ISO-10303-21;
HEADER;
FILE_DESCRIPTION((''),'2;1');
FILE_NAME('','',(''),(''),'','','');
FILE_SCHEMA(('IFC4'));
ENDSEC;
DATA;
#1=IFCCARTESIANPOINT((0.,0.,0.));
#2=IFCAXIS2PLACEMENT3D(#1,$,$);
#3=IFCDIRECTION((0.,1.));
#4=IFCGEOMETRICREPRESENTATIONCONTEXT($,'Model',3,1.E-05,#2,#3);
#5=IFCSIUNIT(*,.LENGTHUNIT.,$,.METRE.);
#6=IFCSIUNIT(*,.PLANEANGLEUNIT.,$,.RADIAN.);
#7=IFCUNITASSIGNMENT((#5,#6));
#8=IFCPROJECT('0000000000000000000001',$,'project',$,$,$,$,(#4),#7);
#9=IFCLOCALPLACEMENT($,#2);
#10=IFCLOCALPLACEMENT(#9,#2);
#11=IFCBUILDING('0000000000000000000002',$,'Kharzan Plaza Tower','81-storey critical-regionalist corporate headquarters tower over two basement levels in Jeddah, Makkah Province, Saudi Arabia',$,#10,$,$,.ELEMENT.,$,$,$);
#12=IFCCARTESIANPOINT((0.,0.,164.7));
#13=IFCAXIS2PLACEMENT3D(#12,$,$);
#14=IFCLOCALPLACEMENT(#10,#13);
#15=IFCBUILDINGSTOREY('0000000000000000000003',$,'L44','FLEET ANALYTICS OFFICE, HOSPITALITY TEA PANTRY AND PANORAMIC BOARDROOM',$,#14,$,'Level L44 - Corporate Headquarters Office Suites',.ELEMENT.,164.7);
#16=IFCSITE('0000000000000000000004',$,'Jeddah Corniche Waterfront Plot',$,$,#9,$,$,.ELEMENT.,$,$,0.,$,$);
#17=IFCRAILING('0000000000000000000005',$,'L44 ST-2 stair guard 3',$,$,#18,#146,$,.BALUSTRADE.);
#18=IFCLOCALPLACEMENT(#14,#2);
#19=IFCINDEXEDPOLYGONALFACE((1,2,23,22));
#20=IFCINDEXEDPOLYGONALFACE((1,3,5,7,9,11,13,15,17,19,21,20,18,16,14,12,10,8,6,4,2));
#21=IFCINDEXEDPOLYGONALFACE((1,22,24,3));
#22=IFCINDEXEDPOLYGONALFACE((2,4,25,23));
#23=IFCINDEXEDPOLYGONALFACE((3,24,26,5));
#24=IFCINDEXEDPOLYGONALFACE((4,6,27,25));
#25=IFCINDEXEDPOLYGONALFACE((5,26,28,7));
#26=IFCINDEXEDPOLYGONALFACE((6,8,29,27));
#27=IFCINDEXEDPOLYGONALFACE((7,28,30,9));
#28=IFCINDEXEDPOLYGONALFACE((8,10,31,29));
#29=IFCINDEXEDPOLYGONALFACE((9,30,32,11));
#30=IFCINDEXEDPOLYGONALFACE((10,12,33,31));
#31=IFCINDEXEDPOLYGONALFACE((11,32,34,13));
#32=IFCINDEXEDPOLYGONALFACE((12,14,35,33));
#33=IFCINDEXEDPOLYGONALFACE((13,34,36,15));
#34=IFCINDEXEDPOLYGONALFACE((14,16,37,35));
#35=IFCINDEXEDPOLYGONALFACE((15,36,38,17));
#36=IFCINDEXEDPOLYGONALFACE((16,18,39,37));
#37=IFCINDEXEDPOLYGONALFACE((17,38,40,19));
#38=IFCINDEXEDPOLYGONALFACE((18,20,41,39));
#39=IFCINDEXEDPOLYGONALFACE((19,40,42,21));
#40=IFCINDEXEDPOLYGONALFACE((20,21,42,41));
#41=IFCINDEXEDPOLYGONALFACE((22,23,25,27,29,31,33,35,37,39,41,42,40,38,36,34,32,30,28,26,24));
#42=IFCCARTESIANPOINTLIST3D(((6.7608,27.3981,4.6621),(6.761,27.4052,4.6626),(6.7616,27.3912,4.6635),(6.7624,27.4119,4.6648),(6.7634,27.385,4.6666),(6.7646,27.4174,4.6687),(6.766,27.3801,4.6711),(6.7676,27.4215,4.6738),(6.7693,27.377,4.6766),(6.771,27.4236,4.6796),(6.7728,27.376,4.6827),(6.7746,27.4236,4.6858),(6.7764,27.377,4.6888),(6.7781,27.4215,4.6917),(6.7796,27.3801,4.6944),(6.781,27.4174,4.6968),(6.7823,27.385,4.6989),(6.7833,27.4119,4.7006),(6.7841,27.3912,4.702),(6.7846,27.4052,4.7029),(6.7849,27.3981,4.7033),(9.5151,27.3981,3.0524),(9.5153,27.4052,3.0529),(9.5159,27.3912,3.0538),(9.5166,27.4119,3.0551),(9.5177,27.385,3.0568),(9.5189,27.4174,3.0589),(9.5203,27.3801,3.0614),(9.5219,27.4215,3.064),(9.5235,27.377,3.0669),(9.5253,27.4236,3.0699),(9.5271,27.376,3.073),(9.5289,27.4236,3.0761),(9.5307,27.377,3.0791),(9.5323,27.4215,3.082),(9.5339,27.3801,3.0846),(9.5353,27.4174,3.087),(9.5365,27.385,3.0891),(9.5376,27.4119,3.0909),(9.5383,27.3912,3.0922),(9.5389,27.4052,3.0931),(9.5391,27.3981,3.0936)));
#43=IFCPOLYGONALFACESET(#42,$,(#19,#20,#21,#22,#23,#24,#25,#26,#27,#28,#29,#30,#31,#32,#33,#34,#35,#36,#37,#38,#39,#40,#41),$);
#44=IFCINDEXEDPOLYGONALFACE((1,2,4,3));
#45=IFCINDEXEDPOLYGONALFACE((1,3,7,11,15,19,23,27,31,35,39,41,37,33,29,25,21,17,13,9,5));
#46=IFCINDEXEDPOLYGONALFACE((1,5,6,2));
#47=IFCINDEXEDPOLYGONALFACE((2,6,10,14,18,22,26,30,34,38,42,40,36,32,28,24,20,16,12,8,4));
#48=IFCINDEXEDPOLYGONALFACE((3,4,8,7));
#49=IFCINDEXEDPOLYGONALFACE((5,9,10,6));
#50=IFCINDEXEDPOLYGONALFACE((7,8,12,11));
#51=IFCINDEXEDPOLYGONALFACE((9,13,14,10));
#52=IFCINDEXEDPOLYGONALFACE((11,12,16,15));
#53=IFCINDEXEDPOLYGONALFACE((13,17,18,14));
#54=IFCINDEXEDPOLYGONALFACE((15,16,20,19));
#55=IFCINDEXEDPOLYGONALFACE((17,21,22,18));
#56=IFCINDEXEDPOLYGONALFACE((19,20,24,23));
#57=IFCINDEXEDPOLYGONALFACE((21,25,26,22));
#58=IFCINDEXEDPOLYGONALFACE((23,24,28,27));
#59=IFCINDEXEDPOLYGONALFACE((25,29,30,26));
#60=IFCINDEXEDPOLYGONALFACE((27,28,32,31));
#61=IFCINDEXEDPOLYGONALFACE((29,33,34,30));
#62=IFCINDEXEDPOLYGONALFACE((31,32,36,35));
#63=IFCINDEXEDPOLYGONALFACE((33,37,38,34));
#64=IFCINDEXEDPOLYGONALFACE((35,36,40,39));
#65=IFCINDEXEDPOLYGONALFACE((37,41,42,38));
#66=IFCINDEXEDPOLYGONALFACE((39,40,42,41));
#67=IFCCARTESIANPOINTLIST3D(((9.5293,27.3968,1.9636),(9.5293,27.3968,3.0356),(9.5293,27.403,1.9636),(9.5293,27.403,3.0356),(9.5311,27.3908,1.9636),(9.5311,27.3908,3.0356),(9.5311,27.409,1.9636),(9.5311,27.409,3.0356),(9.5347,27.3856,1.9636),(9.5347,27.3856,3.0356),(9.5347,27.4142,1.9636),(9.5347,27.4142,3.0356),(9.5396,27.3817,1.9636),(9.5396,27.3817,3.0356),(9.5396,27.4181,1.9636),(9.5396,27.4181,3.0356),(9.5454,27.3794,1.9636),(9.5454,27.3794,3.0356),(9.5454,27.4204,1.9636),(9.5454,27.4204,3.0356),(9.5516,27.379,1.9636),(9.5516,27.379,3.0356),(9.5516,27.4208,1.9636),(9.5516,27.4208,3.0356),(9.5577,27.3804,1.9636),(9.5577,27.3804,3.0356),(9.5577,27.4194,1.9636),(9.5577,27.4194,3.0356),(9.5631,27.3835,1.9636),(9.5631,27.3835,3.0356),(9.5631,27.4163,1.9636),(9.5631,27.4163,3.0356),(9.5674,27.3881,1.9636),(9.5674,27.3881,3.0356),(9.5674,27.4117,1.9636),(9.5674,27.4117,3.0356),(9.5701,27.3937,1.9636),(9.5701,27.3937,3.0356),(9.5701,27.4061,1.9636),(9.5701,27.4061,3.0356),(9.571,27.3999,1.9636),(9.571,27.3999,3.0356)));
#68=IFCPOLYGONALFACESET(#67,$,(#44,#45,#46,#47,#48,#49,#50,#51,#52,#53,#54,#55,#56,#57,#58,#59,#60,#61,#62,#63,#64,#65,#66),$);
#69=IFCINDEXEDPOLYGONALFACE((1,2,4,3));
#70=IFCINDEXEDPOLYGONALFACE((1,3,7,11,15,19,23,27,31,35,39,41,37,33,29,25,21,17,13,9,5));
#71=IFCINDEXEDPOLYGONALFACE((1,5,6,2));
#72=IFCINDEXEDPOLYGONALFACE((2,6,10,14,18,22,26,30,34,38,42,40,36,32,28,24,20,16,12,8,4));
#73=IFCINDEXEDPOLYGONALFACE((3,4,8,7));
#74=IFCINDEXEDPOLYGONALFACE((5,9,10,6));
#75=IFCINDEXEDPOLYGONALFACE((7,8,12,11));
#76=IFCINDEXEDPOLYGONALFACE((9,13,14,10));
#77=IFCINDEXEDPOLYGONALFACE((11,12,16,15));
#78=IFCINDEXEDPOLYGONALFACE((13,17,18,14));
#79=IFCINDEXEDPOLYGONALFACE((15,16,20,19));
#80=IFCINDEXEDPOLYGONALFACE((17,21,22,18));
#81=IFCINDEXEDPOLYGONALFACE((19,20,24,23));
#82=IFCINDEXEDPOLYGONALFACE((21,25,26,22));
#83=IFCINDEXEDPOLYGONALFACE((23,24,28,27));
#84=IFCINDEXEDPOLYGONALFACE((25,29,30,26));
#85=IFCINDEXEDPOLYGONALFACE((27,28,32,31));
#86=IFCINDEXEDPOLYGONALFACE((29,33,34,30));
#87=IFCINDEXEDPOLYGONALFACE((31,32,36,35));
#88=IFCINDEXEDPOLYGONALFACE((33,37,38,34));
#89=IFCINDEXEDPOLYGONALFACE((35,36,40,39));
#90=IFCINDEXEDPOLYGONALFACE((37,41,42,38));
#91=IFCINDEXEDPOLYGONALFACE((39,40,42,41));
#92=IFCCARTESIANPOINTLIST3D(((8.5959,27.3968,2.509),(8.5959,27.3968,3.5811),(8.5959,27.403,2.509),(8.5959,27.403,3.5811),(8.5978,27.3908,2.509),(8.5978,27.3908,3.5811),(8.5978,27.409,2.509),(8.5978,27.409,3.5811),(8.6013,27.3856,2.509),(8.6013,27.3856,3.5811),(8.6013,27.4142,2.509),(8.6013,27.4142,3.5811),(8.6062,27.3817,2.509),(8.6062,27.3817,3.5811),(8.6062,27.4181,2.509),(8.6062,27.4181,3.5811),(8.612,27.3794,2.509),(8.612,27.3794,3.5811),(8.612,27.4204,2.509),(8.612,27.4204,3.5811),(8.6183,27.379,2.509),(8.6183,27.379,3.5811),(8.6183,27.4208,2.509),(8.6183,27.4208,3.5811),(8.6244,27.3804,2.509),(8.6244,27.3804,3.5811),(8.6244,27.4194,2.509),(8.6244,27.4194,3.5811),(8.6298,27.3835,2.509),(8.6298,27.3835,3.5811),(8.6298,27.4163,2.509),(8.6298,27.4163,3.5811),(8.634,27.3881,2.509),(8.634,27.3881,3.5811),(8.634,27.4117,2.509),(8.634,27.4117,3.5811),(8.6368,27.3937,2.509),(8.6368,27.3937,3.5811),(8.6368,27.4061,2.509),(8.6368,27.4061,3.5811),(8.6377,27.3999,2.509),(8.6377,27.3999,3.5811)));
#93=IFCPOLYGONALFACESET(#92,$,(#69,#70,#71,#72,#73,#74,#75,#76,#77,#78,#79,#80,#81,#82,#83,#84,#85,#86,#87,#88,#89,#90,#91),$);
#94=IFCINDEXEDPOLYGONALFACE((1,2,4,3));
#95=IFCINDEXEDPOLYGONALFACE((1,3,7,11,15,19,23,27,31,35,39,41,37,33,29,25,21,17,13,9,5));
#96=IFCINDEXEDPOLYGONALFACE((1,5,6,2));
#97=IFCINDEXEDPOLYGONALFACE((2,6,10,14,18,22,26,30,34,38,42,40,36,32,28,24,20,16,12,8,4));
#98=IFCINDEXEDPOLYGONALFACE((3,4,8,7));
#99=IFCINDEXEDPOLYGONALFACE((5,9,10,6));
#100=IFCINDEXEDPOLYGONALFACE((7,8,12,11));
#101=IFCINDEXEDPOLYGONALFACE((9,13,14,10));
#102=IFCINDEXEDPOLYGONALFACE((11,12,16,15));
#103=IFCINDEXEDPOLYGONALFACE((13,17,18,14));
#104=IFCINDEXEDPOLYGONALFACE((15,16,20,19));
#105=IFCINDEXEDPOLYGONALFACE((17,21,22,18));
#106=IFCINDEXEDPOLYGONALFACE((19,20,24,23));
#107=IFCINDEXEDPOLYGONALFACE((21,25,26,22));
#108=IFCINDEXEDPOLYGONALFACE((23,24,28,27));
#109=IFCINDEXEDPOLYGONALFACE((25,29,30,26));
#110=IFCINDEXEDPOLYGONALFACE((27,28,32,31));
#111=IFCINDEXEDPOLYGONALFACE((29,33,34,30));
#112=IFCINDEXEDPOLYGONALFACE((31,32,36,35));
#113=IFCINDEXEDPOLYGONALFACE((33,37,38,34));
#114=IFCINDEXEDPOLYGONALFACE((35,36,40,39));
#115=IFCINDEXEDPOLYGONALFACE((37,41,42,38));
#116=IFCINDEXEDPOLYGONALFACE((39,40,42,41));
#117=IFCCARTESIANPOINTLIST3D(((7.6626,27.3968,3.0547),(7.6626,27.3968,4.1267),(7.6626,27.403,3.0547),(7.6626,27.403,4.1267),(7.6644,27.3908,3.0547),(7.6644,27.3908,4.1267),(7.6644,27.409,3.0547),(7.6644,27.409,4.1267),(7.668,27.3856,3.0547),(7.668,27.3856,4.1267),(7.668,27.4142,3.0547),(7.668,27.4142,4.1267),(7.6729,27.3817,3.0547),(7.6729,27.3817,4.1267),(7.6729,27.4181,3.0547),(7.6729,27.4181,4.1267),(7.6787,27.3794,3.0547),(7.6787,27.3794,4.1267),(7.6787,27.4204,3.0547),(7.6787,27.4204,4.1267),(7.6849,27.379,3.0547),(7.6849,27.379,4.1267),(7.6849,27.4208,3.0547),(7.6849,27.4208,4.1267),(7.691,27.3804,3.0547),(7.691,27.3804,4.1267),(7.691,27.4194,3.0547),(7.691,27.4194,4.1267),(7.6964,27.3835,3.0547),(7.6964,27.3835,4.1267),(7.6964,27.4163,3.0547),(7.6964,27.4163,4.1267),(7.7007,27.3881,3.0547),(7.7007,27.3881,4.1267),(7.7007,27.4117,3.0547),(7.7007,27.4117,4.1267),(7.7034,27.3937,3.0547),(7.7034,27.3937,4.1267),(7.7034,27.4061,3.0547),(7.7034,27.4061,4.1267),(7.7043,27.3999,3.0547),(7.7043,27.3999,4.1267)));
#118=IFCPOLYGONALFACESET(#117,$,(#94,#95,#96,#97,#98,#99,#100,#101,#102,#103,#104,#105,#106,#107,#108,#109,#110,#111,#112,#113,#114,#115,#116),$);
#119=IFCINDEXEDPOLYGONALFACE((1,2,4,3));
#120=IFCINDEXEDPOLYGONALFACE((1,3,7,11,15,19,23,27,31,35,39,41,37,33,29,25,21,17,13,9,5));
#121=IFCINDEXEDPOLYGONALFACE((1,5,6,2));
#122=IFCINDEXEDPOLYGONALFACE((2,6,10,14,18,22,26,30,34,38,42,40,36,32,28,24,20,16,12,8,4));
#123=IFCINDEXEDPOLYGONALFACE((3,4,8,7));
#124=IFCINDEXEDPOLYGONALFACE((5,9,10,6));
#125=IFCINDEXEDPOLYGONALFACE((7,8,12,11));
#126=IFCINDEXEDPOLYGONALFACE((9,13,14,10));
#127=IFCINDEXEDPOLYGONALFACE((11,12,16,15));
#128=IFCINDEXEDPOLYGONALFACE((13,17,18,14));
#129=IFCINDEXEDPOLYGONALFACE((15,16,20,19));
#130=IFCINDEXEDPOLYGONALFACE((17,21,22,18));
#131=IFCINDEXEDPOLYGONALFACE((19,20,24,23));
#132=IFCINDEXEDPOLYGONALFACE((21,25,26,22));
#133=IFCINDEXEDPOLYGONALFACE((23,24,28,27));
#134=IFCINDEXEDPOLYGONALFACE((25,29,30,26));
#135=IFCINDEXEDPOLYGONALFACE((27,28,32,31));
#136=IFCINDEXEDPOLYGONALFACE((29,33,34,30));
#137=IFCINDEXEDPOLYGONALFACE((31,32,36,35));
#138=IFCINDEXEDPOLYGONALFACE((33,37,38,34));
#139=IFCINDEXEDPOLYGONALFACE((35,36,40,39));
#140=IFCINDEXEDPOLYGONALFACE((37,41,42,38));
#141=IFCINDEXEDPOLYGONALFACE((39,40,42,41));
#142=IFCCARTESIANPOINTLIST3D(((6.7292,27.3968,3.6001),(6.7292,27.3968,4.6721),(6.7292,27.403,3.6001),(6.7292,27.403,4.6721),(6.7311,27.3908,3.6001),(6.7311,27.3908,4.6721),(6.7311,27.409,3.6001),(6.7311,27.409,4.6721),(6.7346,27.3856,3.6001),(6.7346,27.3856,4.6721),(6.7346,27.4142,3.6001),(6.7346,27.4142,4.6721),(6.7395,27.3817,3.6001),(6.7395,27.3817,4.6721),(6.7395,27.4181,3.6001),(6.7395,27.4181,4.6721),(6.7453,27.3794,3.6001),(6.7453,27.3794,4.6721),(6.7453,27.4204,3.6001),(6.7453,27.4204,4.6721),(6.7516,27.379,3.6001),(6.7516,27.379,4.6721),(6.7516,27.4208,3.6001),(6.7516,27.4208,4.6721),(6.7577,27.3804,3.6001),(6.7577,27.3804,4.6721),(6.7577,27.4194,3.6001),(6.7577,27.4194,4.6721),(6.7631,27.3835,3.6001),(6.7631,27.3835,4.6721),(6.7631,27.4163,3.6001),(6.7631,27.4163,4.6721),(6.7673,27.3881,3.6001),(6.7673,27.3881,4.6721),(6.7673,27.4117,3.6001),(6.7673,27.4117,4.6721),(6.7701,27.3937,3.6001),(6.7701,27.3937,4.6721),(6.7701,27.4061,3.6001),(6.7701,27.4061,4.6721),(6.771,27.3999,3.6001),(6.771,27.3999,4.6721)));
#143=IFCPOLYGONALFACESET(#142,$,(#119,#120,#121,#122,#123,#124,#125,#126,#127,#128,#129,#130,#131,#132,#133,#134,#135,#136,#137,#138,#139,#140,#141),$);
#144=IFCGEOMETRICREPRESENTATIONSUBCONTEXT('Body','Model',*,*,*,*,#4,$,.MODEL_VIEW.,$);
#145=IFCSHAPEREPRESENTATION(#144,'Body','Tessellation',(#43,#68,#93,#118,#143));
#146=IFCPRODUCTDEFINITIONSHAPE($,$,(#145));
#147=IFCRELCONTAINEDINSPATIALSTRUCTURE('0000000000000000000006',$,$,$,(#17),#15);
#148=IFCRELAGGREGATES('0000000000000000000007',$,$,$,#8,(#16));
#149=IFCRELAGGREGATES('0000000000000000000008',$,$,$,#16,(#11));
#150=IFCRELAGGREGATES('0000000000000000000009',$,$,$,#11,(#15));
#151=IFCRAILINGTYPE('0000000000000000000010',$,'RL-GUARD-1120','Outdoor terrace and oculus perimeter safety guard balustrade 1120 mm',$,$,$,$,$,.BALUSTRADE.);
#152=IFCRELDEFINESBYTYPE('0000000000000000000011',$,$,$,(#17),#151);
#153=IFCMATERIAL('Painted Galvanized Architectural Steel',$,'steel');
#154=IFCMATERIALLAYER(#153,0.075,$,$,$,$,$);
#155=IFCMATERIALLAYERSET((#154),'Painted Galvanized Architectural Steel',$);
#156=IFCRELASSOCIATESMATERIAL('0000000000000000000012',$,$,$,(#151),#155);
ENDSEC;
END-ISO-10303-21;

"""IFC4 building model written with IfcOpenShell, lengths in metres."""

from ifc_helpers import new_model, si_unit, direction, frame, origin, origin_2d, place, context, subcontext, project, spatial, circle, extrude, source, transform, mapped, material, layer, layer_set, type_object, element, save


model = new_model("IFC4")

# Units and contexts
model_context = context("Model", 3, precision=1e-05, world=origin(), true_north=direction((0.0, 1.0)))
body_context = subcontext(model_context, "Body", "Model", "MODEL_VIEW")
ifc_project = project(units=[si_unit("LENGTHUNIT", "METRE"), si_unit("PLANEANGLEUNIT", "RADIAN")], contexts=[model_context])

# Site, building, storey
site_placement = place(None, origin())
site = spatial("IfcSite", under=ifc_project, at=site_placement, Name="Jeddah Corniche Waterfront Plot", CompositionType="ELEMENT", RefElevation=0.0)
building_placement = place(site_placement, origin())
building = spatial("IfcBuilding", under=site, at=building_placement, Name="Kharzan Plaza Tower", Description="81-storey critical-regionalist corporate headquarters tower over two basement levels in Jeddah, Makkah Province, Saudi Arabia", CompositionType="ELEMENT")
storey_placement = place(building_placement, frame((0.0, 0.0, 164.7)))
storey = spatial("IfcBuildingStorey", under=building, at=storey_placement, Name="L44", Description="FLEET ANALYTICS OFFICE, HOSPITALITY TEA PANTRY AND PANORAMIC BOARDROOM", LongName="Level L44 - Corporate Headquarters Office Suites", CompositionType="ELEMENT", Elevation=164.7)

# Railing
ifc_material_1 = material(Name="Painted Galvanized Architectural Steel", Category="steel")
ifc_layer_1 = layer(ifc_material_1, 0.075)
ifc_layer_set_1 = layer_set([ifc_layer_1], Name="Painted Galvanized Architectural Steel")
railing_type_1 = type_object("IfcRailingType", Name="RL-GUARD-1120", Description="Outdoor terrace and oculus perimeter safety guard balustrade 1120 mm", PredefinedType="BALUSTRADE", material=ifc_layer_set_1)
shared_shape_1 = source(origin(), body_context, "Body", "SweptSolid", [
    extrude(circle(Radius=0.0239, at=origin_2d()), frame((-0.0229, 0.0, 1.1094), z_axis=(-0.863361, 0.0, 0.504587), x_axis=(0.0, -1.0, 0.0)), (0.0, 0.0, 1.0), 3.1902),
    extrude(circle(Radius=0.021, at=origin_2d()), origin(), (0.0, 0.0, 1.0), 1.072),
    extrude(circle(Radius=0.021, at=origin_2d()), frame((-0.9333, 0.0, 0.5454)), (0.0, 0.0, 1.0), 1.072),
    extrude(circle(Radius=0.021, at=origin_2d()), frame((-1.8667, 0.0, 1.0911)), (0.0, 0.0, 1.0), 1.072),
    extrude(circle(Radius=0.021, at=origin_2d()), frame((-2.8, 0.0, 1.6365)), (0.0, 0.0, 1.0), 1.072),
])
railing_1_placement = place(storey_placement, frame((9.55, 27.3999, 1.9636)))
element("IfcRailing", 1, at=railing_1_placement, inside=storey, type_object=railing_type_1, Name="L44 ST-2 stair guard 3", PredefinedType="BALUSTRADE", context=body_context, shape_type="MappedRepresentation", body=[
    mapped(shared_shape_1, transform((0.0, 0.0, 0.0), x_axis=(1.0, 0.0, 0.0), y_axis=(0.0, 1.0, 0.0), z_axis=(0.0, 0.0, 1.0))),
])

save(model, "model.ifc")
